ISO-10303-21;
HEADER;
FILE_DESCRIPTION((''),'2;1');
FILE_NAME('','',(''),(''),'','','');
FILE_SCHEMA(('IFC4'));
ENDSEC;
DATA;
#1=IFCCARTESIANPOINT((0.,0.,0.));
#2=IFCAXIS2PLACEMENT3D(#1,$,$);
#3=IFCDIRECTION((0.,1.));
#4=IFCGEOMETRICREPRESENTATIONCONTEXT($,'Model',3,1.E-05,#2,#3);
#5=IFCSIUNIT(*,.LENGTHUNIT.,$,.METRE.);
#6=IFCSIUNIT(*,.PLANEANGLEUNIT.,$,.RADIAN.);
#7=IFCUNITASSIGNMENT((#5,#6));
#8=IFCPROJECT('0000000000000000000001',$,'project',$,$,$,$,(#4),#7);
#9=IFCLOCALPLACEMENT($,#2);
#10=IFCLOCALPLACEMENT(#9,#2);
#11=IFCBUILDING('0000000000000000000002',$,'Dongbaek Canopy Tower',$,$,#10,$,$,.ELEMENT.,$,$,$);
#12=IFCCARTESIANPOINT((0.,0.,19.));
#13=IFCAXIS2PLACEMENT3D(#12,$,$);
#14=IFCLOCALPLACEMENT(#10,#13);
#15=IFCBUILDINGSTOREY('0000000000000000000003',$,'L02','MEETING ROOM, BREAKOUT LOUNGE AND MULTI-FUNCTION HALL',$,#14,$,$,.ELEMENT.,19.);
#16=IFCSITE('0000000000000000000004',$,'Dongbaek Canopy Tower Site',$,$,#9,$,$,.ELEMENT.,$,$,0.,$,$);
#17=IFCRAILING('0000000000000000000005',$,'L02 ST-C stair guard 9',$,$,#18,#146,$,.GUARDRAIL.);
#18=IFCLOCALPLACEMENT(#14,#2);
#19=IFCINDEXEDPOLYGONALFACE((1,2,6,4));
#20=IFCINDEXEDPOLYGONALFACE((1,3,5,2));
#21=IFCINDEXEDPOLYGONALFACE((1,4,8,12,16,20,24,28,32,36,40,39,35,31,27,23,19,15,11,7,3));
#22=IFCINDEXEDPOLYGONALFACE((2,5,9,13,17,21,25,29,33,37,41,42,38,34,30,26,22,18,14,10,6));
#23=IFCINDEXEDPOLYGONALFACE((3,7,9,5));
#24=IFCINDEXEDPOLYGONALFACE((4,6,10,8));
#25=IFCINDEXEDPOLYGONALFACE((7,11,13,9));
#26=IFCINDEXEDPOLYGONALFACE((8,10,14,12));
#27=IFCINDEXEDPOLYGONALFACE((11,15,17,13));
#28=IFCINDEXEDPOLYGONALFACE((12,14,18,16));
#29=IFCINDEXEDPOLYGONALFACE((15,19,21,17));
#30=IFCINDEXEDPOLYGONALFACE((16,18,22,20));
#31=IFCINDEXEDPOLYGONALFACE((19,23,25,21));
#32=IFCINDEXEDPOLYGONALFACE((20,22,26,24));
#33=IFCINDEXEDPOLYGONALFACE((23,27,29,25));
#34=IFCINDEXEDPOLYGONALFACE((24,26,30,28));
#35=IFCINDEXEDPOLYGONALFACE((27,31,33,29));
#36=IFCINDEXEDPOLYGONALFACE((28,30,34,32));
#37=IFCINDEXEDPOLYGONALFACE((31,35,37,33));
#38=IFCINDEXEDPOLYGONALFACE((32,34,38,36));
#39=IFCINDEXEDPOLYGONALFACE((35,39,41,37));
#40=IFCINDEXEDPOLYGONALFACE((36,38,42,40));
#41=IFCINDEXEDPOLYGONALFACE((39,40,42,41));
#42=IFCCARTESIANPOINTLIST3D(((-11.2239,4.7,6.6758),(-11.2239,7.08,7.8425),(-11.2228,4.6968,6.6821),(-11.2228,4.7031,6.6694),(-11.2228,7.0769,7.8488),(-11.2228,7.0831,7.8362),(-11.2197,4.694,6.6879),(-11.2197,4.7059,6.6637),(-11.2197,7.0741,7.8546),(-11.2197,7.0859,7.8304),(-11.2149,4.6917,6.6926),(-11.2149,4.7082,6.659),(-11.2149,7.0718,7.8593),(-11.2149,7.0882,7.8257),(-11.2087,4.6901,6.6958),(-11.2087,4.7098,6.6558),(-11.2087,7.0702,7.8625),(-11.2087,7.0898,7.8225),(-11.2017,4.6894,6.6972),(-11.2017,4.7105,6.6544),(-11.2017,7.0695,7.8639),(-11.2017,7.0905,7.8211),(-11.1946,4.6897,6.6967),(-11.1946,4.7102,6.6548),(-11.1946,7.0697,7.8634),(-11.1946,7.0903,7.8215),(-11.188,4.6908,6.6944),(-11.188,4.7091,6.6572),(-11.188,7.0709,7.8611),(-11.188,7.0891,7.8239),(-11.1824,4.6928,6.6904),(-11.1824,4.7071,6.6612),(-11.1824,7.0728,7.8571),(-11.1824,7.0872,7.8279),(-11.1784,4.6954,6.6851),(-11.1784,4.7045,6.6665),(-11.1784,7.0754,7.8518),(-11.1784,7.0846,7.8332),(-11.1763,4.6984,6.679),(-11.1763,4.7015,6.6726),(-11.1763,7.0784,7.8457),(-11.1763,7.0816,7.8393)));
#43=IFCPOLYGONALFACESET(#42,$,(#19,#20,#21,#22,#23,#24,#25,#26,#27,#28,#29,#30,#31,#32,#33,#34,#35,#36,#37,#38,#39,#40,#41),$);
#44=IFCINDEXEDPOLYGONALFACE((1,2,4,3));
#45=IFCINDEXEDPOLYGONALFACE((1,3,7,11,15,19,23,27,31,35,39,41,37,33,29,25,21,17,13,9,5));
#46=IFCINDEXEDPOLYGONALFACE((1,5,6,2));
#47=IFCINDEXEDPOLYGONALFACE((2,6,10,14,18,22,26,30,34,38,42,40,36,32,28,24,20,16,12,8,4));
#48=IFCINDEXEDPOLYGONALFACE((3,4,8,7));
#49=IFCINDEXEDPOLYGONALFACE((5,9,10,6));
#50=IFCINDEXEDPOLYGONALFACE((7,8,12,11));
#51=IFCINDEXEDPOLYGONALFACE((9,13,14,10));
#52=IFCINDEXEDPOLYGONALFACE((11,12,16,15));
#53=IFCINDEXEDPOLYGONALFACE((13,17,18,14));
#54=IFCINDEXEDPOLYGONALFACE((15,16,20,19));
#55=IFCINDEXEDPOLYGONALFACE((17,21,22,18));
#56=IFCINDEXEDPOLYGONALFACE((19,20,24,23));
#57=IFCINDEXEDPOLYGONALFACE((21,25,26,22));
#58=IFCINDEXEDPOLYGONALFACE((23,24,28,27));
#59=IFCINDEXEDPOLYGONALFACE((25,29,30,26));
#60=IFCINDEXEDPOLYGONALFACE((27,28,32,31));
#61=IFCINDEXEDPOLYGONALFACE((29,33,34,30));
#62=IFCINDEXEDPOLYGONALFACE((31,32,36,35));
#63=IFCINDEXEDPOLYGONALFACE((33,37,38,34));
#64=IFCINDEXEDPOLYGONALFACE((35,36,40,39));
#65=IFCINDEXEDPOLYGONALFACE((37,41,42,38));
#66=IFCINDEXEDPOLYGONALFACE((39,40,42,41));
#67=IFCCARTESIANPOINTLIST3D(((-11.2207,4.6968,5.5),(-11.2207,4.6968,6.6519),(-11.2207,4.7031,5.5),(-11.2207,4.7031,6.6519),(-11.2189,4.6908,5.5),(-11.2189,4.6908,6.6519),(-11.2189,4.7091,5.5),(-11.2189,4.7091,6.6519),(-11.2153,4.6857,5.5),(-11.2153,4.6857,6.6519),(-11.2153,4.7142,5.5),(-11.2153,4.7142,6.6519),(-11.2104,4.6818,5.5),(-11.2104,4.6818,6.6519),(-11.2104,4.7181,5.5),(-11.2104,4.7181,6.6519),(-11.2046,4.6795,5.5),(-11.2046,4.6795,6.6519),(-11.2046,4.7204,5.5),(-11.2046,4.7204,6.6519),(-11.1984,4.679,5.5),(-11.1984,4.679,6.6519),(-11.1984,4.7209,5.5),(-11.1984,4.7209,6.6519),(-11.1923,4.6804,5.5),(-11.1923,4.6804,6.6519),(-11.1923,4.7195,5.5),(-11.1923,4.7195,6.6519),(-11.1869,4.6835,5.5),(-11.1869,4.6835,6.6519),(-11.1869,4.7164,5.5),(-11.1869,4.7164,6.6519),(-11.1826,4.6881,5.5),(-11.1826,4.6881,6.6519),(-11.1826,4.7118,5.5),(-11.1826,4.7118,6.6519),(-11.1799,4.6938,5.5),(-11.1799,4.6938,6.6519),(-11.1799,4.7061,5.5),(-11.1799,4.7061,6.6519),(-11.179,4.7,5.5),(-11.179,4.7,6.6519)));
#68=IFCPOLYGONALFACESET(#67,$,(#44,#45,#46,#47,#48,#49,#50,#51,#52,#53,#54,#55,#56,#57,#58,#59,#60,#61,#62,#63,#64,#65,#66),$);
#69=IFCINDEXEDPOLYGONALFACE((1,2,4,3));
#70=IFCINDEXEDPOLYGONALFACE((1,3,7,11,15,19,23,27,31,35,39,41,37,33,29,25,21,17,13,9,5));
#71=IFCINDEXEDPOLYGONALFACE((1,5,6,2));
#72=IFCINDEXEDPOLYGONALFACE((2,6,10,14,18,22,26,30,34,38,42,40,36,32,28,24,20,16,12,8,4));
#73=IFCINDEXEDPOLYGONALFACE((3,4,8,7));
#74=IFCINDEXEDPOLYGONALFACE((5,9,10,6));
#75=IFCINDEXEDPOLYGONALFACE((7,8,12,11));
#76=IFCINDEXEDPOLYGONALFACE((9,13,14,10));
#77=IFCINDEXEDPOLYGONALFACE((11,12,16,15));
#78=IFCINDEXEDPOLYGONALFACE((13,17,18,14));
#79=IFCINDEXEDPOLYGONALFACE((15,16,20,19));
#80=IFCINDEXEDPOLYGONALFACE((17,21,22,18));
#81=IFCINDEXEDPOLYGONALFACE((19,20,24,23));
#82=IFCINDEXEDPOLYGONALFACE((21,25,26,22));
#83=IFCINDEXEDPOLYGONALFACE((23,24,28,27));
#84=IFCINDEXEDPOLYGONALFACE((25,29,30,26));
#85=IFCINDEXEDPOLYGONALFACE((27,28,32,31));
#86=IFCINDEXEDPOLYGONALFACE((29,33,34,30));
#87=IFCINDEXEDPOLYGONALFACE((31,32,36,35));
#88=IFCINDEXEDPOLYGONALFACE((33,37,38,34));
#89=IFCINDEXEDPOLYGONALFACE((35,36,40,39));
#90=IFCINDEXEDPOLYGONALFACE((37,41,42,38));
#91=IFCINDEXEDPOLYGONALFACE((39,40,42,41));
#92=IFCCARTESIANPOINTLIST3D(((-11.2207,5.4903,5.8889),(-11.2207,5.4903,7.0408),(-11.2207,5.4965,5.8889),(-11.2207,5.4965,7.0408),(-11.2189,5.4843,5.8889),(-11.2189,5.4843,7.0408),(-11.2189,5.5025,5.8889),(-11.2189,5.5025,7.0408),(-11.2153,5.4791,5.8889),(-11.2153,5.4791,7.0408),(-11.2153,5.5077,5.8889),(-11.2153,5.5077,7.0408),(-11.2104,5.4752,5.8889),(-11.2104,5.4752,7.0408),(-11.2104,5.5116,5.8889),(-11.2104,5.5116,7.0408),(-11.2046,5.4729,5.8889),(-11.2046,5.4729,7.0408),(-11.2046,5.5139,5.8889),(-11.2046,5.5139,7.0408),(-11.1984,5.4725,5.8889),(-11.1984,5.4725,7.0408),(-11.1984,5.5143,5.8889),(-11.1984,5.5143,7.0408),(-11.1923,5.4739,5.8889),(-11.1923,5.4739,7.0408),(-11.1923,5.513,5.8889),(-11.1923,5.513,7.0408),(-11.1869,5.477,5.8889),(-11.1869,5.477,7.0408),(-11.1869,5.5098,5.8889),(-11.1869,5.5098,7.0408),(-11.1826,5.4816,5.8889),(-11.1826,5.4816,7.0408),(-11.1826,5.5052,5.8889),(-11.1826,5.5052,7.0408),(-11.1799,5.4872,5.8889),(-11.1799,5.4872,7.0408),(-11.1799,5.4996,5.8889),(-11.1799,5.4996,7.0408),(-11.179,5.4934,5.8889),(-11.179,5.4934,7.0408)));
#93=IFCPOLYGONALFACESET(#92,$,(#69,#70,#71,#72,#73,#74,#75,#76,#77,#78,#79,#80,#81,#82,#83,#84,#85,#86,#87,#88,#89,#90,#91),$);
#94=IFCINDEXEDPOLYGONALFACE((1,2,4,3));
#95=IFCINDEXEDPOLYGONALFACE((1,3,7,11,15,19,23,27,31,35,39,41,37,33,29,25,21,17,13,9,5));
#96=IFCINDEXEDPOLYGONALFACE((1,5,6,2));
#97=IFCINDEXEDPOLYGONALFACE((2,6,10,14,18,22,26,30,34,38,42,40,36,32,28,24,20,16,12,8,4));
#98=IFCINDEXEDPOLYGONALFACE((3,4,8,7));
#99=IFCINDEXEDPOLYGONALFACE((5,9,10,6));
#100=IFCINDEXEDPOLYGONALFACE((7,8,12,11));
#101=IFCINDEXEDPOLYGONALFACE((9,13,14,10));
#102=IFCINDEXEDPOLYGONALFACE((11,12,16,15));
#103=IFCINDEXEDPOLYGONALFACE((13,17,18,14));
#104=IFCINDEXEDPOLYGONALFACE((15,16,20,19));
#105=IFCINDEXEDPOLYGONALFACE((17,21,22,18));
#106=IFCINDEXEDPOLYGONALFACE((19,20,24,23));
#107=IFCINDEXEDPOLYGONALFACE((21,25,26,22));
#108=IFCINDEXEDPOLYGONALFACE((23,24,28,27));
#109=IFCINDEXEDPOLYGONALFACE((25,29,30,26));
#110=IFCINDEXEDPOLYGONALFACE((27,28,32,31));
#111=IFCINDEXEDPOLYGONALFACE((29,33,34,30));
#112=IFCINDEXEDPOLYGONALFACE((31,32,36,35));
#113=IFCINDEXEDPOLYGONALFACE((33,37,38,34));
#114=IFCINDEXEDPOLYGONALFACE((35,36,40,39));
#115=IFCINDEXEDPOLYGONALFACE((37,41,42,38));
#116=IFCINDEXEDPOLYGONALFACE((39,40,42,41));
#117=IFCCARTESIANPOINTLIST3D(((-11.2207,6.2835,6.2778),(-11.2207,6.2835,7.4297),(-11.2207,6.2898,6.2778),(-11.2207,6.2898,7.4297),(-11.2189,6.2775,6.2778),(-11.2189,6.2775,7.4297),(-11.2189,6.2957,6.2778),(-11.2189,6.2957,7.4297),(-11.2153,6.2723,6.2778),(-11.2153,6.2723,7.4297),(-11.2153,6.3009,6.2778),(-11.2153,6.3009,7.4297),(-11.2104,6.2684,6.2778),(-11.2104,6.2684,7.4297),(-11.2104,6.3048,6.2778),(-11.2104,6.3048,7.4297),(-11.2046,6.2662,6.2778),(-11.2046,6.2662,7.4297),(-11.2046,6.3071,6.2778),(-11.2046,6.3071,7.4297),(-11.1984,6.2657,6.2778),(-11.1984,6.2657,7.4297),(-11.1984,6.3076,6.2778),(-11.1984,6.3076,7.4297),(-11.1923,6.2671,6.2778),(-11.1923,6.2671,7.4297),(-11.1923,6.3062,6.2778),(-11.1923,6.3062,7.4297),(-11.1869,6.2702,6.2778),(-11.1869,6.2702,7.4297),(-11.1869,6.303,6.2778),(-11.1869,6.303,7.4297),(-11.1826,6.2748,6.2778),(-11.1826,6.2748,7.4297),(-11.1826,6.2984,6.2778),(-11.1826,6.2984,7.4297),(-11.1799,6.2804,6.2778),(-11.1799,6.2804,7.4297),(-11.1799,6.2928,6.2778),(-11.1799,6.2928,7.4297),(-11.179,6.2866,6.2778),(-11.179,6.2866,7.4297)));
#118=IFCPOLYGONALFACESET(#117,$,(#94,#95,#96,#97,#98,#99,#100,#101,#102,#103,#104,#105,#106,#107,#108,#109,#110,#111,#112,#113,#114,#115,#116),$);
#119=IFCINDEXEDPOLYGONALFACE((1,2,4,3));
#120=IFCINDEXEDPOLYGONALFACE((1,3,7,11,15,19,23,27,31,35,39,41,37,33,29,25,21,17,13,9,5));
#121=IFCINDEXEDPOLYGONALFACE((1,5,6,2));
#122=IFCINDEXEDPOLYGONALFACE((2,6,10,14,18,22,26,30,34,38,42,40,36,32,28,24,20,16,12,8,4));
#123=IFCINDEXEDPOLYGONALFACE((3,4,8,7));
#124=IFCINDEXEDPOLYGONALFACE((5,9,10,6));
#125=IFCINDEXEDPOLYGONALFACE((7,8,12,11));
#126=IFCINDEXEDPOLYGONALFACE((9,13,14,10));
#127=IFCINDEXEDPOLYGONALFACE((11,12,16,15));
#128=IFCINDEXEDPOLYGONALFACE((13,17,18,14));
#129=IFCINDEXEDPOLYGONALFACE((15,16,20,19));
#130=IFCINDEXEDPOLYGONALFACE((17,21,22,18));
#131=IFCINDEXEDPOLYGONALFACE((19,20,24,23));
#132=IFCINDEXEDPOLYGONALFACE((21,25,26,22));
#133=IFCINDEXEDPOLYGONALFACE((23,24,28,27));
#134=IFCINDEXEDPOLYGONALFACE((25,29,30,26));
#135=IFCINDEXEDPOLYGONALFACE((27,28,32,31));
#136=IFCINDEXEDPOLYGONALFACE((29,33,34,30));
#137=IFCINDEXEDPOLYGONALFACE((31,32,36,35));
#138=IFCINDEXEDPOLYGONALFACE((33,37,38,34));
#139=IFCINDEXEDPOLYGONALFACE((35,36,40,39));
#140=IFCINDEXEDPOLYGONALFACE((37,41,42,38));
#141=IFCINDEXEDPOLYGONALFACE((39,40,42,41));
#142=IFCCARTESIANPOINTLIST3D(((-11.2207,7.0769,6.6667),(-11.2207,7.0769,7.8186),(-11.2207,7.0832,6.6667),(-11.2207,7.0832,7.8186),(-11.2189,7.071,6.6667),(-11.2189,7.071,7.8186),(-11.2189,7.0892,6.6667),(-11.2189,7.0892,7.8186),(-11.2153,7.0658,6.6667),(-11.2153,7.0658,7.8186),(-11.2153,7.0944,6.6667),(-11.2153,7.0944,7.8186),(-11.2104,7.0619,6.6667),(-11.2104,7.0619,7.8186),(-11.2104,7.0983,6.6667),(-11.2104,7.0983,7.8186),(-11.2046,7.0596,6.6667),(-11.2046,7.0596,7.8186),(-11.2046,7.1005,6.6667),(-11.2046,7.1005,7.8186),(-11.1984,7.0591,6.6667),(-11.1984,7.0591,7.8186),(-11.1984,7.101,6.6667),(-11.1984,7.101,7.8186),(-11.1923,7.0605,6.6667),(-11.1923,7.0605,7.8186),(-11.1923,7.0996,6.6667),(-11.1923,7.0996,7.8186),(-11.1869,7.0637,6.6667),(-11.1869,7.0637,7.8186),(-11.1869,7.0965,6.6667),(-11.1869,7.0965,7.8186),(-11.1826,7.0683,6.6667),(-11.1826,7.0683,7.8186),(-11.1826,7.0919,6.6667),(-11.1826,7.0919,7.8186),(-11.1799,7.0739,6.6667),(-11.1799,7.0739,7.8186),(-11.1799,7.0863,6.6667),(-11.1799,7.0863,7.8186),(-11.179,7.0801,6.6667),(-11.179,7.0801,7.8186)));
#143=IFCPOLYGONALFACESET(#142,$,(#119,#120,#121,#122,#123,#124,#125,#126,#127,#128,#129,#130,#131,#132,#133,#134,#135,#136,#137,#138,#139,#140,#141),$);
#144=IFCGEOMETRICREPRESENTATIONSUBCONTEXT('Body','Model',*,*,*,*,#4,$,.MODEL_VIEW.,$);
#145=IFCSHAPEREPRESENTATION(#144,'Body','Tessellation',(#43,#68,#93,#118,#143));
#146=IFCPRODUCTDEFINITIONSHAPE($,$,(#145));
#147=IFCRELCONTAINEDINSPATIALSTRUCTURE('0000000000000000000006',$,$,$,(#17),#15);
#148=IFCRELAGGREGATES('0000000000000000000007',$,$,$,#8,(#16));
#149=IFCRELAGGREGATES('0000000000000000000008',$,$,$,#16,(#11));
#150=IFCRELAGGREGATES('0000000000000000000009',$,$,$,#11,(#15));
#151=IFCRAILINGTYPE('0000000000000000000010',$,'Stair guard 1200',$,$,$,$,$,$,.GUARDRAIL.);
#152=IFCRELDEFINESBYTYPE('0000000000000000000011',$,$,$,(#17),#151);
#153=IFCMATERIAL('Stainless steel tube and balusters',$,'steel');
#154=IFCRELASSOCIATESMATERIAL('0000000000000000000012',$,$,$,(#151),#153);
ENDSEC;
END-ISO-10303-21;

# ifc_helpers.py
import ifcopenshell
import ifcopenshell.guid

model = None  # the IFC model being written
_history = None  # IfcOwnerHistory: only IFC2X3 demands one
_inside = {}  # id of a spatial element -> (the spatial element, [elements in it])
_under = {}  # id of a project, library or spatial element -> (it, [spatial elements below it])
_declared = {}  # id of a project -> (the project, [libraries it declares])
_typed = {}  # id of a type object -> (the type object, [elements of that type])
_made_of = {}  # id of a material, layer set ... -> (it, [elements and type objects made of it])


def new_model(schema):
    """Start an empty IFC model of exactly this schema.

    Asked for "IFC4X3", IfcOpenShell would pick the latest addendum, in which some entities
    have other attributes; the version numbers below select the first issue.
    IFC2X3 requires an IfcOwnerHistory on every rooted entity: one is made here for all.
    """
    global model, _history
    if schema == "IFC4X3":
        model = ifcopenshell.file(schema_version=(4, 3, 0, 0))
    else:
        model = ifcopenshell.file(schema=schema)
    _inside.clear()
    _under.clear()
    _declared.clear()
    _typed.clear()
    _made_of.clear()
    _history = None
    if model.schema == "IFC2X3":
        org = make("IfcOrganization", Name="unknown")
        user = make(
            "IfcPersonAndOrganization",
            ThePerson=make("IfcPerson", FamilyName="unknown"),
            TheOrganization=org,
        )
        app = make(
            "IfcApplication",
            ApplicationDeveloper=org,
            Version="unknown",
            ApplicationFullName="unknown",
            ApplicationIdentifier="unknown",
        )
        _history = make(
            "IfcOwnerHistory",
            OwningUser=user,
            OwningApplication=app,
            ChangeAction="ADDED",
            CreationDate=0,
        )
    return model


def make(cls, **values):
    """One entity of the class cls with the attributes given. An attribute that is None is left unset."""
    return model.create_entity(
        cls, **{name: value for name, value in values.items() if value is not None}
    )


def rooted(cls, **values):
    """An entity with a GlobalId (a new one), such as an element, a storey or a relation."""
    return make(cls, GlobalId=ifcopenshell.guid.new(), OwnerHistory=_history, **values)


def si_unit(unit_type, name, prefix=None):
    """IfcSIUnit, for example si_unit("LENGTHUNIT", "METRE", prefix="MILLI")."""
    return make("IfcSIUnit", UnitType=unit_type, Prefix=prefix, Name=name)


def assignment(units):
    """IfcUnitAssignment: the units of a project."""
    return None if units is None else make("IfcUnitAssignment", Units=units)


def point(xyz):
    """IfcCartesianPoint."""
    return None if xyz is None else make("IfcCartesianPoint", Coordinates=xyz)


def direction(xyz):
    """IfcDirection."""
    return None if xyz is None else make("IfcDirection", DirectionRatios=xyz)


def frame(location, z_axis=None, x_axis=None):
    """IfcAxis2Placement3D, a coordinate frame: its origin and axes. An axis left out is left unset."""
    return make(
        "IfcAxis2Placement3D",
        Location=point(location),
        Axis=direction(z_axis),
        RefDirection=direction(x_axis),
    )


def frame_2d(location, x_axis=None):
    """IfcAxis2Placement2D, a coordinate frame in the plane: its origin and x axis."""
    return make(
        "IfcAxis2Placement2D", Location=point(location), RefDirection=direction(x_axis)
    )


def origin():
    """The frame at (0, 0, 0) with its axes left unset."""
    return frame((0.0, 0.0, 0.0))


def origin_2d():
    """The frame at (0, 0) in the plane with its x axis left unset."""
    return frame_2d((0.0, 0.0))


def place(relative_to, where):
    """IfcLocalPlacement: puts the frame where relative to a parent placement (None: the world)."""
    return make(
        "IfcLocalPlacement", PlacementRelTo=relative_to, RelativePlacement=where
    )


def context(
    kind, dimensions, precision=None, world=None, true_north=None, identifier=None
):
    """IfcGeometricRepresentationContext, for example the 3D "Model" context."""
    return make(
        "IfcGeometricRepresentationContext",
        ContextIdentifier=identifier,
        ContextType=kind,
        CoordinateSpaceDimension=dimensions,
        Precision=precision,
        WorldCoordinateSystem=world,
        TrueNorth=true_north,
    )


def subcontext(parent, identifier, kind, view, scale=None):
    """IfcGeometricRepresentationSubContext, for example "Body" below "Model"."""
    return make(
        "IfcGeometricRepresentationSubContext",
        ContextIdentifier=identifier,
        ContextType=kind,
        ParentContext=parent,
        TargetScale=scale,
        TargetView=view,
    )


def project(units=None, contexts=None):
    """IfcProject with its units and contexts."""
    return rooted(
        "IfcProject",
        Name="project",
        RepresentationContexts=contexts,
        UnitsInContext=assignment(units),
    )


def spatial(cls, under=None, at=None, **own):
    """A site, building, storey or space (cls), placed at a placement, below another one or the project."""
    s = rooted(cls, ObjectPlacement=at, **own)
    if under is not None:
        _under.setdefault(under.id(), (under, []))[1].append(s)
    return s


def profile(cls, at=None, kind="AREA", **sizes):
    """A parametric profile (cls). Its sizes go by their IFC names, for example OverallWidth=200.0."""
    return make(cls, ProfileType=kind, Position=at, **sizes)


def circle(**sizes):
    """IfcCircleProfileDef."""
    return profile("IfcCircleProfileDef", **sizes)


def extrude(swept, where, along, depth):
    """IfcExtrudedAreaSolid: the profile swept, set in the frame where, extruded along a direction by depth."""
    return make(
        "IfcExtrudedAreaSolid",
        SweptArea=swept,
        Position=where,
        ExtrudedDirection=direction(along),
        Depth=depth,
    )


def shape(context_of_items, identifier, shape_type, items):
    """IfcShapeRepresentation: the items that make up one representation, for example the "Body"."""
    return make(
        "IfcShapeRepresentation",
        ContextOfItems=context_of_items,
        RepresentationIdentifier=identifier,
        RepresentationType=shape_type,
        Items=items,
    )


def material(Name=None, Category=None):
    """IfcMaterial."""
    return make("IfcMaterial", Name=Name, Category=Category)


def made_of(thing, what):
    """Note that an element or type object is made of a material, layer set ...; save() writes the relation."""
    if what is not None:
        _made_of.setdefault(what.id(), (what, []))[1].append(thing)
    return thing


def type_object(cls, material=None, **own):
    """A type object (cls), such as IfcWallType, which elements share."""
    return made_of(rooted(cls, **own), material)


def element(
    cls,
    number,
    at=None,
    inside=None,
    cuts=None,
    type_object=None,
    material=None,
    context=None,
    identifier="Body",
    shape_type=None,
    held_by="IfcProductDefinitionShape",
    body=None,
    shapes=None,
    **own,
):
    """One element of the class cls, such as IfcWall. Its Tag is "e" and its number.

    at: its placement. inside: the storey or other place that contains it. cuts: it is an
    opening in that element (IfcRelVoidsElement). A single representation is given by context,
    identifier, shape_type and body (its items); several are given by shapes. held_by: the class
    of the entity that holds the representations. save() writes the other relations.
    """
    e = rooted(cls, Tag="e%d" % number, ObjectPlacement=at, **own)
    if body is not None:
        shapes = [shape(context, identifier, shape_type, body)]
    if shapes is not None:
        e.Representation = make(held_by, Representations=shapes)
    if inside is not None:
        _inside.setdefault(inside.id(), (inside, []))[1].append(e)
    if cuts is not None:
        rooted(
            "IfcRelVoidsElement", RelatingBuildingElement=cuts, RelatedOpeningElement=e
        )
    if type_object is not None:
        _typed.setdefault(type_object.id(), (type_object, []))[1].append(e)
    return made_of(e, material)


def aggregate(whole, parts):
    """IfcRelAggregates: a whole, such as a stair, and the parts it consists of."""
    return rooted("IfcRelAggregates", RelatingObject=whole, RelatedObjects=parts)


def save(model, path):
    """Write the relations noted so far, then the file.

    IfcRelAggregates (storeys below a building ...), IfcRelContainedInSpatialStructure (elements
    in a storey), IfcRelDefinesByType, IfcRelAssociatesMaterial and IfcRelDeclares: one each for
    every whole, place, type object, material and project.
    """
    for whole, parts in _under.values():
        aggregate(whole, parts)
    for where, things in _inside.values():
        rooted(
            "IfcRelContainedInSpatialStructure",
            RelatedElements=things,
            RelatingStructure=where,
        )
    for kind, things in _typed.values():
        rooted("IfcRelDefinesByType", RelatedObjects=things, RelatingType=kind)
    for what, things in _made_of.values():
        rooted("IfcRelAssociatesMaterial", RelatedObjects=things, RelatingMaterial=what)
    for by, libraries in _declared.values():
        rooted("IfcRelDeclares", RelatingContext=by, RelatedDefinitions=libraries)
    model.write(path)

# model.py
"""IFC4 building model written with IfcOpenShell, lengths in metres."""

from ifc_helpers import new_model, si_unit, direction, frame, origin, origin_2d, place, context, subcontext, project, spatial, circle, extrude, material, type_object, element, save


model = new_model("IFC4")

# Units and contexts
model_context = context("Model", 3, precision=1e-05, world=origin(), true_north=direction((0.0, 1.0)))
body_context = subcontext(model_context, "Body", "Model", "MODEL_VIEW")
ifc_project = project(units=[si_unit("LENGTHUNIT", "METRE"), si_unit("PLANEANGLEUNIT", "RADIAN")], contexts=[model_context])

# Site, building, storey
site_placement = place(None, origin())
site = spatial("IfcSite", under=ifc_project, at=site_placement, Name="Dongbaek Canopy Tower Site", CompositionType="ELEMENT", RefElevation=0.0)
building_placement = place(site_placement, origin())
building = spatial("IfcBuilding", under=site, at=building_placement, Name="Dongbaek Canopy Tower", CompositionType="ELEMENT")
storey_placement = place(building_placement, frame((0.0, 0.0, 19.0)))
storey = spatial("IfcBuildingStorey", under=building, at=storey_placement, Name="L02", Description="MEETING ROOM, BREAKOUT LOUNGE AND MULTI-FUNCTION HALL", CompositionType="ELEMENT", Elevation=19.0)

# Railing
ifc_material_1 = material(Name="Stainless steel tube and balusters", Category="steel")
railing_type_1 = type_object("IfcRailingType", Name="Stair guard 1200", PredefinedType="GUARDRAIL", material=ifc_material_1)
railing_1_placement = place(storey_placement, frame((-11.2, 4.7, 5.5)))
element("IfcRailing", 1, at=railing_1_placement, inside=storey, type_object=railing_type_1, Name="L02 ST-C stair guard 9", PredefinedType="GUARDRAIL", context=body_context, shape_type="SweptSolid", body=[
    extrude(circle(Radius=0.0239, at=origin_2d()), frame((0.0, 0.0, 1.1758), z_axis=(0.0, 0.897918, 0.440163), x_axis=(-1.0, 0.0, 0.0)), (0.0, 0.0, 1.0), 2.6506),
    extrude(circle(Radius=0.021, at=origin_2d()), origin(), (0.0, 0.0, 1.0), 1.1519),
    extrude(circle(Radius=0.021, at=origin_2d()), frame((0.0, 0.7935, 0.3889)), (0.0, 0.0, 1.0), 1.1519),
    extrude(circle(Radius=0.021, at=origin_2d()), frame((0.0, 1.5867, 0.7778)), (0.0, 0.0, 1.0), 1.1519),
    extrude(circle(Radius=0.021, at=origin_2d()), frame((0.0, 2.3801, 1.1667)), (0.0, 0.0, 1.0), 1.1519),
])

save(model, "model.ifc")
